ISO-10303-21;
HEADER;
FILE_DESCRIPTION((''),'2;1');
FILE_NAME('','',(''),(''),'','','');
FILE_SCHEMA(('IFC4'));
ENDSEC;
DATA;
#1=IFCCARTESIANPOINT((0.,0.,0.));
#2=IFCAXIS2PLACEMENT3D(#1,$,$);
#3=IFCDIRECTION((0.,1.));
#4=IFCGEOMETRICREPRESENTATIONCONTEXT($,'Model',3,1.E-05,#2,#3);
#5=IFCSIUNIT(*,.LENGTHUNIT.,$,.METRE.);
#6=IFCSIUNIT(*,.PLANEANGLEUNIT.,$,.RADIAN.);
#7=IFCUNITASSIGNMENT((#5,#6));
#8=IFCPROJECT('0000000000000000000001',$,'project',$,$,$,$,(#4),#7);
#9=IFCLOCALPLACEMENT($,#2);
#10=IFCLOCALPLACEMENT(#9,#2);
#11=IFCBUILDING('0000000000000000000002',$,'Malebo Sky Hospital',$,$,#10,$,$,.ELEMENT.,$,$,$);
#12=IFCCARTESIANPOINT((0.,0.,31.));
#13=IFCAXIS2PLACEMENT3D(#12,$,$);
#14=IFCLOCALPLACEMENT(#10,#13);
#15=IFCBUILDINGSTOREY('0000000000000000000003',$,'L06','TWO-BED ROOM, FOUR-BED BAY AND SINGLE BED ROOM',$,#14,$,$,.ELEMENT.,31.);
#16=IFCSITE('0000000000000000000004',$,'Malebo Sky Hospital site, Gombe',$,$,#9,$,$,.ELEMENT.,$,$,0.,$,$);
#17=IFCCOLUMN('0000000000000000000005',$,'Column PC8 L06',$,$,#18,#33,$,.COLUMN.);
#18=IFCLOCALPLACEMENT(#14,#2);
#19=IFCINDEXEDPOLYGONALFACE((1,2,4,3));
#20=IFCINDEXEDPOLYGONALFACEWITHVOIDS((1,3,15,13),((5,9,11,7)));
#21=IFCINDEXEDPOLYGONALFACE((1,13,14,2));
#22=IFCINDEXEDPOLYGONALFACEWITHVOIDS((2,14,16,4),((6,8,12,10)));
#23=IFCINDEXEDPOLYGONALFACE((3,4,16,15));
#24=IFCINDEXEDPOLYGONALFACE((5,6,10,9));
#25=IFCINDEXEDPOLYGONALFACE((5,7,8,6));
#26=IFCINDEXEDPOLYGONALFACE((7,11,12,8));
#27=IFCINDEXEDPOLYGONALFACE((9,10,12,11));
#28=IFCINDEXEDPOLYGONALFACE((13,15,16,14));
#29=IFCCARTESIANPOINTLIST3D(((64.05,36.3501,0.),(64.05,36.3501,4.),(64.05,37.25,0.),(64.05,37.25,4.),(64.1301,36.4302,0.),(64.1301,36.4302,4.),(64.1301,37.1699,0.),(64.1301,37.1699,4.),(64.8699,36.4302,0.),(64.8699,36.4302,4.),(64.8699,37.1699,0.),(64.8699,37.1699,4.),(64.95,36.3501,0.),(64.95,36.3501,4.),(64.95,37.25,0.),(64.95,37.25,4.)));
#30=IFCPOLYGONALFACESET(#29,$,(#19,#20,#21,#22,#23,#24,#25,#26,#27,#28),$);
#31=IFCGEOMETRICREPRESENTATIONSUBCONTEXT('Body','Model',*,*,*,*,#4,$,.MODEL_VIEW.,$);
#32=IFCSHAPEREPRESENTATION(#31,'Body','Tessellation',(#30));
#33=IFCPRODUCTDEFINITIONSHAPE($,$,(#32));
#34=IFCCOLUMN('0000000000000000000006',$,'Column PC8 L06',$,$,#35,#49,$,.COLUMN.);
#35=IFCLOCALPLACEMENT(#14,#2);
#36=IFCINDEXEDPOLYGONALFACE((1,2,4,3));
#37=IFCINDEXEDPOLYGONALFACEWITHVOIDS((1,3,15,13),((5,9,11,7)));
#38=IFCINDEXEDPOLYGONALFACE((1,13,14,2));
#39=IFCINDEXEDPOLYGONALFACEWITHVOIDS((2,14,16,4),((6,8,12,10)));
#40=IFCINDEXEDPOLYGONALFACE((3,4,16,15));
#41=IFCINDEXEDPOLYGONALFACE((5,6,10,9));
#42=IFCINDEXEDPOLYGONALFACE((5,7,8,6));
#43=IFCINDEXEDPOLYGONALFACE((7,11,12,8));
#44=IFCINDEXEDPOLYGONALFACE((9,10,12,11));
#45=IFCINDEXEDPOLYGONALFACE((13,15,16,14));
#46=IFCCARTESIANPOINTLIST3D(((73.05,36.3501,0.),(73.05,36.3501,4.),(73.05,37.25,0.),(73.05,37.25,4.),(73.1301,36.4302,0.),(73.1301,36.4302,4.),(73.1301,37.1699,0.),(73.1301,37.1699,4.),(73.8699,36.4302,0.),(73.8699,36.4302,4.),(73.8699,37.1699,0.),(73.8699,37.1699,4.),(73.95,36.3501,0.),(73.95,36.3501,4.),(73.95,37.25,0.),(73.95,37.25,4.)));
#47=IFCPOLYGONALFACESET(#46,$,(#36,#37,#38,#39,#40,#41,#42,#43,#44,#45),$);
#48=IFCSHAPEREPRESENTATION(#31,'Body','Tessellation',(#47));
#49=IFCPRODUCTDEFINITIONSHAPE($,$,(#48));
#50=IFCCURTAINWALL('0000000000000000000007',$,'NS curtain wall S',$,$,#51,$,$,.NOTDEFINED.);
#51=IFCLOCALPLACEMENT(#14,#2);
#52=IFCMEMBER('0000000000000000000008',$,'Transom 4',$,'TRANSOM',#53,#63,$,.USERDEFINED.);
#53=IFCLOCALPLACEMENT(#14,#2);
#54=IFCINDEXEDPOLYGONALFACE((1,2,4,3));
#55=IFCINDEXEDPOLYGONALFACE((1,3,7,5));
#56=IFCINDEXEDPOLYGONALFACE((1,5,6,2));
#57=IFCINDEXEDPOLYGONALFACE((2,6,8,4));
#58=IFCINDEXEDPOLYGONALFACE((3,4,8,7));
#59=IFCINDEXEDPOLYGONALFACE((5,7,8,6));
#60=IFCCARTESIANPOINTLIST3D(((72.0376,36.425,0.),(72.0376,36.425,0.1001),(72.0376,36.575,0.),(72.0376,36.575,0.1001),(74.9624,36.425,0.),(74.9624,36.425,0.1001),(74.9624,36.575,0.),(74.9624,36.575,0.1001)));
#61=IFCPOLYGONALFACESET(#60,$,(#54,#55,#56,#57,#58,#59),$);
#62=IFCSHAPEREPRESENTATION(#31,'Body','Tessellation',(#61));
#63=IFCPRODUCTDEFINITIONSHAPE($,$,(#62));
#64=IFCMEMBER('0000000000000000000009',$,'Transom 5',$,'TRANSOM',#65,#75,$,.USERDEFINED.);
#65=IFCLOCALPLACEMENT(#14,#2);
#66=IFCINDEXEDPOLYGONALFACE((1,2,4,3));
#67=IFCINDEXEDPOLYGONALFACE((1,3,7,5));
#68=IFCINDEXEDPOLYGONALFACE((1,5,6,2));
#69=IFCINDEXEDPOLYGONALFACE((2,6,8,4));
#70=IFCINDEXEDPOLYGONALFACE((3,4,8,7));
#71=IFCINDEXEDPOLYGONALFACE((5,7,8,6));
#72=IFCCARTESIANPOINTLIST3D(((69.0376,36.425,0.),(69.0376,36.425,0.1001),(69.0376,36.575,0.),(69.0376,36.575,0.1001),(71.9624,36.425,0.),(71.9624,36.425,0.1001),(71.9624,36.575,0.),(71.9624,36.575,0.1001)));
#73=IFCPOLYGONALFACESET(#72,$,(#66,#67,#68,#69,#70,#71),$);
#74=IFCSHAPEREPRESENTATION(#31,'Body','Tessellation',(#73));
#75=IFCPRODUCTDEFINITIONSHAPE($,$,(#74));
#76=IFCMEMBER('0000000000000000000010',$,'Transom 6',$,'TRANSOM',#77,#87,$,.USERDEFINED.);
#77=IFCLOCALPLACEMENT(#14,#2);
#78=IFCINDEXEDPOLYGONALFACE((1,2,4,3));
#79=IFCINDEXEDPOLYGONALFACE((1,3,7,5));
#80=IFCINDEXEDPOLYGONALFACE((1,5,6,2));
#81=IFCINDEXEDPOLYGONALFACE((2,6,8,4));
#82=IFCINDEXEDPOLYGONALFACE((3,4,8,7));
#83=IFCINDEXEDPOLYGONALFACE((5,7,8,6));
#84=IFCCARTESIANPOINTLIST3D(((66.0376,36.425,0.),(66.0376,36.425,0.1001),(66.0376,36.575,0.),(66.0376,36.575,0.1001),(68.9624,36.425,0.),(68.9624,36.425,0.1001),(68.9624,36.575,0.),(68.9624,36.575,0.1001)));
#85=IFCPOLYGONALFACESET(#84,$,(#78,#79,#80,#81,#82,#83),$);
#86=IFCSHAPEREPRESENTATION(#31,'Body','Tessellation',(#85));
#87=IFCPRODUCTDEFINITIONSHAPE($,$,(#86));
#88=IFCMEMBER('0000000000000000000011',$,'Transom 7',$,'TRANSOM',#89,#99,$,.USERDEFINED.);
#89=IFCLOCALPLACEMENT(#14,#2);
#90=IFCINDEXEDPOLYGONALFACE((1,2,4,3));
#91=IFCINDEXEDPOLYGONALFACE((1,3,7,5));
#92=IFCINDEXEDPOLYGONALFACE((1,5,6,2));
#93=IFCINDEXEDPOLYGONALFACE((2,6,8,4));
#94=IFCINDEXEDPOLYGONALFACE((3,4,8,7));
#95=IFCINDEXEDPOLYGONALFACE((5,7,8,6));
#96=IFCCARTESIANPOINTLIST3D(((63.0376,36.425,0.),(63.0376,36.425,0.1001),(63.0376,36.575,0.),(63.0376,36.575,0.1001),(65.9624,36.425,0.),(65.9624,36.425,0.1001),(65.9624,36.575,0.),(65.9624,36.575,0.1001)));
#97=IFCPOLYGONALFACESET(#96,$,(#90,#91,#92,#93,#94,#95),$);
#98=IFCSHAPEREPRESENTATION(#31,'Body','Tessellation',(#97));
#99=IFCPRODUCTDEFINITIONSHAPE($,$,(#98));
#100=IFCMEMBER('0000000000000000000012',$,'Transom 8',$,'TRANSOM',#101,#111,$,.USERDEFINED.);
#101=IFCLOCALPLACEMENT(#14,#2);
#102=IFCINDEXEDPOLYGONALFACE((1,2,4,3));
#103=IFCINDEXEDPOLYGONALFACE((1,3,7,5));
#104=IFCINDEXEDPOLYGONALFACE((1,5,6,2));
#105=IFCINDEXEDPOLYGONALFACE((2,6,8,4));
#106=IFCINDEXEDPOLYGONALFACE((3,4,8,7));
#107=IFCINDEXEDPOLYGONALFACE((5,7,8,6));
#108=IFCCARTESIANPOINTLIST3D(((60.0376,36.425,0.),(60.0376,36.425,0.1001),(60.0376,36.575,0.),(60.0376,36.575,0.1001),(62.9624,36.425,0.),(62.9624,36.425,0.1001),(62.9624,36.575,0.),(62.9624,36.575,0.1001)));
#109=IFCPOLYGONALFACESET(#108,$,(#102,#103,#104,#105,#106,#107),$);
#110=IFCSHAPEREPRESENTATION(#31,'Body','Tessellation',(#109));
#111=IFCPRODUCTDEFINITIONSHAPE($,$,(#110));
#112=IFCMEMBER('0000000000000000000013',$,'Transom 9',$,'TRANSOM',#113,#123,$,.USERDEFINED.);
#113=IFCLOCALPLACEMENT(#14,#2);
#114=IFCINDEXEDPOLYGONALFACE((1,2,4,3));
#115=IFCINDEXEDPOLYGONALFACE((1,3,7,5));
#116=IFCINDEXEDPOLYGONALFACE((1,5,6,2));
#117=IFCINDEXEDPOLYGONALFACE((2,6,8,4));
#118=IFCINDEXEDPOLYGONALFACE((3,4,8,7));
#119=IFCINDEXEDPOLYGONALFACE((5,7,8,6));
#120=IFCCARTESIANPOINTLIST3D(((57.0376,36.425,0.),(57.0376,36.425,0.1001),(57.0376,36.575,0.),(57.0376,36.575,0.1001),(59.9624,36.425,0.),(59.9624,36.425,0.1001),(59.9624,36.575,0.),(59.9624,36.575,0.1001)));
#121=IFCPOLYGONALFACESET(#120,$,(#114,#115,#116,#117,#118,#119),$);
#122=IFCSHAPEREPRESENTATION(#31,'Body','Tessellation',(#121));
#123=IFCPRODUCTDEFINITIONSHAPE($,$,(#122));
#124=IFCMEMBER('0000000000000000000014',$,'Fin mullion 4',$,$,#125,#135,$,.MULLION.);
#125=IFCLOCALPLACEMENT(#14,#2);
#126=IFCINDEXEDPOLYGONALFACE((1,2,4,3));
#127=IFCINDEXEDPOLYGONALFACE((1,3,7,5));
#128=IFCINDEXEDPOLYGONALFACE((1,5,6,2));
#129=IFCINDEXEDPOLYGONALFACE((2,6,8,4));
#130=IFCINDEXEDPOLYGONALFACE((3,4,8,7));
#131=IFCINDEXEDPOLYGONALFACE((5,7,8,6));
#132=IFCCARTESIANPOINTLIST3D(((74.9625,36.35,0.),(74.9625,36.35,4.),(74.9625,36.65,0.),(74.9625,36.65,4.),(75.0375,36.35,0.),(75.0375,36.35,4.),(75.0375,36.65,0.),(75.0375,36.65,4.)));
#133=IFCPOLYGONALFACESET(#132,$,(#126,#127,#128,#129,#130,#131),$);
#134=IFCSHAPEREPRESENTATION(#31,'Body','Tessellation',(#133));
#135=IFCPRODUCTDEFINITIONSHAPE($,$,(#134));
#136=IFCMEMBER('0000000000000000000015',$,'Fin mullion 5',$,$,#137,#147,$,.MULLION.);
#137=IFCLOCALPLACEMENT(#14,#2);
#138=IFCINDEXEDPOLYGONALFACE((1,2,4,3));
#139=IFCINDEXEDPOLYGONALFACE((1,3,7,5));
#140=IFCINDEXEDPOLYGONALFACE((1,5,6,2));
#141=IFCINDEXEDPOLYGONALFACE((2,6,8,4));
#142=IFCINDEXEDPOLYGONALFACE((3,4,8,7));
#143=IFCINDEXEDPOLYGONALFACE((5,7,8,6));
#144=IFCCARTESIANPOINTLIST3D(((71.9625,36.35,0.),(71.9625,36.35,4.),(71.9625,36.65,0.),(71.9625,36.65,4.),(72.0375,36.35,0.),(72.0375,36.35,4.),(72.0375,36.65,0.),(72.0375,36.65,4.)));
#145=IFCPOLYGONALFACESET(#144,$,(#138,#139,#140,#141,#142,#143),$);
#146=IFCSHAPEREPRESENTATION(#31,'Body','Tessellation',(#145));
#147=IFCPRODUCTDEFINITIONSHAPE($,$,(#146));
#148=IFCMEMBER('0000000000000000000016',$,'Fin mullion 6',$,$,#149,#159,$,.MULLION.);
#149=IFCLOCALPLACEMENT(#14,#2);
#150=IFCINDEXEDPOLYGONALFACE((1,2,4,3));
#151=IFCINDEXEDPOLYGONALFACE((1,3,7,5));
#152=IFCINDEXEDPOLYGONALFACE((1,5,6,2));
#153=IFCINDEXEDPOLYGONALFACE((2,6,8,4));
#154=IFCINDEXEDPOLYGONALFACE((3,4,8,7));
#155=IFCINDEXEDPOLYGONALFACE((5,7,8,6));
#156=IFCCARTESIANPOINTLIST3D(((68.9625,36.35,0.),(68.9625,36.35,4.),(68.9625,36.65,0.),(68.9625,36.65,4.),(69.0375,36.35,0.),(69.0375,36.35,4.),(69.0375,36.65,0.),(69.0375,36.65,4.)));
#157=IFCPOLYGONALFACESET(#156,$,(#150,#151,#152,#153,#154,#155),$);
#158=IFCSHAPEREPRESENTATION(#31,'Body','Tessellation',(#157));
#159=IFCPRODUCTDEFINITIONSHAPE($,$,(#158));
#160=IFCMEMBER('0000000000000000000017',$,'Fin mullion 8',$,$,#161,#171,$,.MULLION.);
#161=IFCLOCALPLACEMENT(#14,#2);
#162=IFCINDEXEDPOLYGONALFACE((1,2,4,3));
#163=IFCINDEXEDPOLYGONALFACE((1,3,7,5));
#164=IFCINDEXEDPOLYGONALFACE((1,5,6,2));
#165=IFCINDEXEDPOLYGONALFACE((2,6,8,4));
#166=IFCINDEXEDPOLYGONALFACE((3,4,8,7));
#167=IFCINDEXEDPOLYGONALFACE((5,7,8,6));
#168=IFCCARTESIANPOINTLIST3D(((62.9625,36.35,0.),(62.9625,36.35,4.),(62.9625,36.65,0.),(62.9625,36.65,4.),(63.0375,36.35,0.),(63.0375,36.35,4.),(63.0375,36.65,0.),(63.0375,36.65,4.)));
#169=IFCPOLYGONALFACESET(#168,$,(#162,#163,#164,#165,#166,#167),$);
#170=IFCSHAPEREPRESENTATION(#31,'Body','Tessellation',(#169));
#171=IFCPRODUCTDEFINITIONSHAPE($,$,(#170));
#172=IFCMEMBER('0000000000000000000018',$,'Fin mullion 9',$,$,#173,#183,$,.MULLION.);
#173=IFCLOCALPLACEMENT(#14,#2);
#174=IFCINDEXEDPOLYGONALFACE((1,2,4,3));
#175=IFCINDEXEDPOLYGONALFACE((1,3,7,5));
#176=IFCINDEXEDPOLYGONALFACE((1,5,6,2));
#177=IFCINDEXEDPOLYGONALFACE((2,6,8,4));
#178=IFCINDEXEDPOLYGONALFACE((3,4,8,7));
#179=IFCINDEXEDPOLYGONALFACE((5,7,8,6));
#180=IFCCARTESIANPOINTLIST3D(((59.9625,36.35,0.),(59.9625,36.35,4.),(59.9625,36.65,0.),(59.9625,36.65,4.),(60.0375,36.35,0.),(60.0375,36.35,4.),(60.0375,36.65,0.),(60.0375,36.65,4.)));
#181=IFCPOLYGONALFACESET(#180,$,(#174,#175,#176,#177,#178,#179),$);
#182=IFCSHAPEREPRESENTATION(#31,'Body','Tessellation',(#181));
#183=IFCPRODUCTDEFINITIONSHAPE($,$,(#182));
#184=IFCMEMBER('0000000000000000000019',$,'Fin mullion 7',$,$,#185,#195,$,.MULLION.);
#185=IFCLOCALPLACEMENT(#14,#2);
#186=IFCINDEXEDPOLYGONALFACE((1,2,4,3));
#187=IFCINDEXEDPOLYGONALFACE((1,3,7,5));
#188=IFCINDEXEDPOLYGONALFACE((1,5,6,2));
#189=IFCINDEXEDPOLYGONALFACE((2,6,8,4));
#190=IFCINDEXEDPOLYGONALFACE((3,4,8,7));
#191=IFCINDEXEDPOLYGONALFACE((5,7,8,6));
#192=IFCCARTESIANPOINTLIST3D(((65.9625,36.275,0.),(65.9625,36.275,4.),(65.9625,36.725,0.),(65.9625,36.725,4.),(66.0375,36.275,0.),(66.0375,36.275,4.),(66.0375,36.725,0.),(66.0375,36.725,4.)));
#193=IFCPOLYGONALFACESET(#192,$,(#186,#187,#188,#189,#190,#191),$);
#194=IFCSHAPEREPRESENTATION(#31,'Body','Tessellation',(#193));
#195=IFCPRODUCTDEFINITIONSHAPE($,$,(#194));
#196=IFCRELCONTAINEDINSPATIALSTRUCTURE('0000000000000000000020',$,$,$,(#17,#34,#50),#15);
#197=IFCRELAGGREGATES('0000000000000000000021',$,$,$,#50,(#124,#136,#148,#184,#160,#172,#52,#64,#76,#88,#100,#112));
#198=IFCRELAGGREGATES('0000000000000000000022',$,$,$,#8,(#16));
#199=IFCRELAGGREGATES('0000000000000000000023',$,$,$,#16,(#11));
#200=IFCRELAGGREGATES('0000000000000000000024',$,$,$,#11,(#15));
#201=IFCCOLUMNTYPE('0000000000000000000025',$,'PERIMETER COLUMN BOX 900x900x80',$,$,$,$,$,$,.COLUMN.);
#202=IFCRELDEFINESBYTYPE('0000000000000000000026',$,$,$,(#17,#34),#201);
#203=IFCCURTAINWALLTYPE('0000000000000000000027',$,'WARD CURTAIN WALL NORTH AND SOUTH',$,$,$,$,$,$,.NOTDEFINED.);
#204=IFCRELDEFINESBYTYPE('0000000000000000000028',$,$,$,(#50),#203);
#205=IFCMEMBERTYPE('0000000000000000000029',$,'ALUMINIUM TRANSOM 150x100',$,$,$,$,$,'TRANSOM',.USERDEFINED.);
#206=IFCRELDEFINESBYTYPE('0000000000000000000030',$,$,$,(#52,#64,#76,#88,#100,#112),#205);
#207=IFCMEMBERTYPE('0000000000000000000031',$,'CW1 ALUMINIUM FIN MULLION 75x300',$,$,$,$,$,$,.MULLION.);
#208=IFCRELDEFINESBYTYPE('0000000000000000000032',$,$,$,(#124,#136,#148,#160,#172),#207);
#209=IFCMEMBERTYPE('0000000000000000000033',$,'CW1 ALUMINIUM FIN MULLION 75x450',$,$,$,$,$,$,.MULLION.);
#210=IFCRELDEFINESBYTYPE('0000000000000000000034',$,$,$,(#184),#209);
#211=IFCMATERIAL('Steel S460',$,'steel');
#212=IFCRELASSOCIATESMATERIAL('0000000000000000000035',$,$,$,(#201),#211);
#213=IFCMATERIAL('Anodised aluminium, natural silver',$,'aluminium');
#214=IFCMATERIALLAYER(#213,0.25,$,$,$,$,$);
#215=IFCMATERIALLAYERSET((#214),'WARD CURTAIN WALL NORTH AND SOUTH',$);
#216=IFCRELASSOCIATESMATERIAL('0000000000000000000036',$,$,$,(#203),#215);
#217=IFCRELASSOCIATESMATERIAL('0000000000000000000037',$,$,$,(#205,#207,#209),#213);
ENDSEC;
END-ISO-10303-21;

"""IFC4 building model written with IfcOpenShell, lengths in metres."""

from ifc_helpers import new_model, si_unit, direction, frame, origin, origin_2d, place, context, subcontext, project, spatial, rectangle, hollow_rectangle, extrude, material, layer, layer_set, material_profile, profile_set, type_object, element, aggregate, save


model = new_model("IFC4")

# Units and contexts
model_context = context("Model", 3, precision=1e-05, world=origin(), true_north=direction((0.0, 1.0)))
body_context = subcontext(model_context, "Body", "Model", "MODEL_VIEW")
ifc_project = project(units=[si_unit("LENGTHUNIT", "METRE"), si_unit("PLANEANGLEUNIT", "RADIAN")], contexts=[model_context])

# Site, building, storey
site_placement = place(None, origin())
site = spatial("IfcSite", under=ifc_project, at=site_placement, Name="Malebo Sky Hospital site, Gombe", CompositionType="ELEMENT", RefElevation=0.0)
building_placement = place(site_placement, origin())
building = spatial("IfcBuilding", under=site, at=building_placement, Name="Malebo Sky Hospital", CompositionType="ELEMENT")
storey_placement = place(building_placement, frame((0.0, 0.0, 31.0)))
storey = spatial("IfcBuildingStorey", under=building, at=storey_placement, Name="L06", Description="TWO-BED ROOM, FOUR-BED BAY AND SINGLE BED ROOM", CompositionType="ELEMENT", Elevation=31.0)

# Columns
ifc_material_1 = material(Name="Steel S460", Category="steel")
ifc_material_profile_1 = material_profile(ifc_material_1, hollow_rectangle(XDim=0.8999, YDim=0.8999, WallThickness=0.0801, at=origin_2d()), Name="BOX 900x900x80")
ifc_profile_set_1 = profile_set([ifc_material_profile_1], Name="Steel S460")
column_type = type_object("IfcColumnType", Name="PERIMETER COLUMN BOX 900x900x80", PredefinedType="COLUMN", material=ifc_profile_set_1)
for number, where, z_axis, x_axis, name in (
    (1, (64.5, 36.8, 0.0), (0.0, 0.0, 1.0), (1.0, 0.0, 0.0), "Column PC8 L06"),
    (2, (73.5, 36.8, 0.0), (0.0, 0.0, 1.0), (1.0, 0.0, 0.0), "Column PC8 L06"),
):
    element("IfcColumn", number, at=place(storey_placement, frame(where, z_axis=z_axis, x_axis=x_axis)), inside=storey, type_object=column_type, Name=name, PredefinedType="COLUMN", context=body_context, shape_type="SweptSolid", body=[
        extrude(hollow_rectangle(XDim=0.8999, YDim=0.8999, WallThickness=0.0801, at=origin_2d()), origin(), (0.0, 0.0, 1.0), 4.0),
    ])

# Curtain wall, members
ifc_material_2 = material(Name="Anodised aluminium, natural silver", Category="aluminium")
ifc_layer_1 = layer(ifc_material_2, 0.25)
ifc_layer_set_1 = layer_set([ifc_layer_1], Name="WARD CURTAIN WALL NORTH AND SOUTH")
curtain_wall_type = type_object("IfcCurtainWallType", Name="WARD CURTAIN WALL NORTH AND SOUTH", PredefinedType="NOTDEFINED", material=ifc_layer_set_1)
curtain_wall_placement = place(storey_placement, origin())
curtain_wall = element("IfcCurtainWall", 3, at=curtain_wall_placement, inside=storey, type_object=curtain_wall_type, Name="NS curtain wall S", PredefinedType="NOTDEFINED")
ifc_material_profile_2 = material_profile(ifc_material_2, rectangle(XDim=0.1499, YDim=0.1001, at=origin_2d()), Name="ALUMINIUM TRANSOM 150x100")
ifc_profile_set_2 = profile_set([ifc_material_profile_2], Name="Anodised aluminium, natural silver")
member_type_1 = type_object("IfcMemberType", Name="ALUMINIUM TRANSOM 150x100", ElementType="TRANSOM", PredefinedType="USERDEFINED", material=ifc_profile_set_2)
member_1_placement = place(storey_placement, frame((74.9624, 36.5, 0.05), z_axis=(-1.0, 0.0, 0.0), x_axis=(0.0, -1.0, 0.0)))
member_1 = element("IfcMember", 4, at=member_1_placement, type_object=member_type_1, Name="Transom 4", ObjectType="TRANSOM", PredefinedType="USERDEFINED", context=body_context, shape_type="SweptSolid", body=[
    extrude(rectangle(XDim=0.1499, YDim=0.1001, at=origin_2d()), origin(), (0.0, 0.0, 1.0), 2.9248),
])
member_2_placement = place(storey_placement, frame((71.9624, 36.5, 0.05), z_axis=(-1.0, 0.0, 0.0), x_axis=(0.0, -1.0, 0.0)))
member_2 = element("IfcMember", 5, at=member_2_placement, type_object=member_type_1, Name="Transom 5", ObjectType="TRANSOM", PredefinedType="USERDEFINED", context=body_context, shape_type="SweptSolid", body=[
    extrude(rectangle(XDim=0.1499, YDim=0.1001, at=origin_2d()), origin(), (0.0, 0.0, 1.0), 2.9248),
])
member_3_placement = place(storey_placement, frame((68.9624, 36.5, 0.05), z_axis=(-1.0, 0.0, 0.0), x_axis=(0.0, -1.0, 0.0)))
member_3 = element("IfcMember", 6, at=member_3_placement, type_object=member_type_1, Name="Transom 6", ObjectType="TRANSOM", PredefinedType="USERDEFINED", context=body_context, shape_type="SweptSolid", body=[
    extrude(rectangle(XDim=0.1499, YDim=0.1001, at=origin_2d()), origin(), (0.0, 0.0, 1.0), 2.9248),
])
member_4_placement = place(storey_placement, frame((65.9624, 36.5, 0.05), z_axis=(-1.0, 0.0, 0.0), x_axis=(0.0, -1.0, 0.0)))
member_4 = element("IfcMember", 7, at=member_4_placement, type_object=member_type_1, Name="Transom 7", ObjectType="TRANSOM", PredefinedType="USERDEFINED", context=body_context, shape_type="SweptSolid", body=[
    extrude(rectangle(XDim=0.1499, YDim=0.1001, at=origin_2d()), origin(), (0.0, 0.0, 1.0), 2.9248),
])
member_5_placement = place(storey_placement, frame((62.9624, 36.5, 0.05), z_axis=(-1.0, 0.0, 0.0), x_axis=(0.0, -1.0, 0.0)))
member_5 = element("IfcMember", 8, at=member_5_placement, type_object=member_type_1, Name="Transom 8", ObjectType="TRANSOM", PredefinedType="USERDEFINED", context=body_context, shape_type="SweptSolid", body=[
    extrude(rectangle(XDim=0.1499, YDim=0.1001, at=origin_2d()), origin(), (0.0, 0.0, 1.0), 2.9248),
])
member_6_placement = place(storey_placement, frame((59.9624, 36.5, 0.05), z_axis=(-1.0, 0.0, 0.0), x_axis=(0.0, -1.0, 0.0)))
member_6 = element("IfcMember", 9, at=member_6_placement, type_object=member_type_1, Name="Transom 9", ObjectType="TRANSOM", PredefinedType="USERDEFINED", context=body_context, shape_type="SweptSolid", body=[
    extrude(rectangle(XDim=0.1499, YDim=0.1001, at=origin_2d()), origin(), (0.0, 0.0, 1.0), 2.9248),
])
ifc_material_profile_3 = material_profile(ifc_material_2, rectangle(XDim=0.075, YDim=0.3, at=origin_2d()), Name="CW1 ALUMINIUM FIN MULLION 75x300")
ifc_profile_set_3 = profile_set([ifc_material_profile_3], Name="Anodised aluminium, natural silver")
member_type_2 = type_object("IfcMemberType", Name="CW1 ALUMINIUM FIN MULLION 75x300", PredefinedType="MULLION", material=ifc_profile_set_3)
member_7_placement = place(storey_placement, frame((75.0, 36.5, 0.0), z_axis=(0.0, 0.0, 1.0), x_axis=(-1.0, 0.0, 0.0)))
member_7 = element("IfcMember", 10, at=member_7_placement, type_object=member_type_2, Name="Fin mullion 4", PredefinedType="MULLION", context=body_context, shape_type="SweptSolid", body=[
    extrude(rectangle(XDim=0.075, YDim=0.3, at=origin_2d()), origin(), (0.0, 0.0, 1.0), 4.0),
])
member_8_placement = place(storey_placement, frame((72.0, 36.5, 0.0), z_axis=(0.0, 0.0, 1.0), x_axis=(-1.0, 0.0, 0.0)))
member_8 = element("IfcMember", 11, at=member_8_placement, type_object=member_type_2, Name="Fin mullion 5", PredefinedType="MULLION", context=body_context, shape_type="SweptSolid", body=[
    extrude(rectangle(XDim=0.075, YDim=0.3, at=origin_2d()), origin(), (0.0, 0.0, 1.0), 4.0),
])
member_9_placement = place(storey_placement, frame((69.0, 36.5, 0.0), z_axis=(0.0, 0.0, 1.0), x_axis=(-1.0, 0.0, 0.0)))
member_9 = element("IfcMember", 12, at=member_9_placement, type_object=member_type_2, Name="Fin mullion 6", PredefinedType="MULLION", context=body_context, shape_type="SweptSolid", body=[
    extrude(rectangle(XDim=0.075, YDim=0.3, at=origin_2d()), origin(), (0.0, 0.0, 1.0), 4.0),
])
member_10_placement = place(storey_placement, frame((63.0, 36.5, 0.0), z_axis=(0.0, 0.0, 1.0), x_axis=(-1.0, 0.0, 0.0)))
member_10 = element("IfcMember", 13, at=member_10_placement, type_object=member_type_2, Name="Fin mullion 8", PredefinedType="MULLION", context=body_context, shape_type="SweptSolid", body=[
    extrude(rectangle(XDim=0.075, YDim=0.3, at=origin_2d()), origin(), (0.0, 0.0, 1.0), 4.0),
])
member_11_placement = place(storey_placement, frame((60.0, 36.5, 0.0), z_axis=(0.0, 0.0, 1.0), x_axis=(-1.0, 0.0, 0.0)))
member_11 = element("IfcMember", 14, at=member_11_placement, type_object=member_type_2, Name="Fin mullion 9", PredefinedType="MULLION", context=body_context, shape_type="SweptSolid", body=[
    extrude(rectangle(XDim=0.075, YDim=0.3, at=origin_2d()), origin(), (0.0, 0.0, 1.0), 4.0),
])
ifc_material_profile_4 = material_profile(ifc_material_2, rectangle(XDim=0.075, YDim=0.45, at=origin_2d()), Name="CW1 ALUMINIUM FIN MULLION 75x450")
ifc_profile_set_4 = profile_set([ifc_material_profile_4], Name="Anodised aluminium, natural silver")
member_type_3 = type_object("IfcMemberType", Name="CW1 ALUMINIUM FIN MULLION 75x450", PredefinedType="MULLION", material=ifc_profile_set_4)
member_12_placement = place(storey_placement, frame((66.0, 36.5, 0.0), z_axis=(0.0, 0.0, 1.0), x_axis=(-1.0, 0.0, 0.0)))
member_12 = element("IfcMember", 15, at=member_12_placement, type_object=member_type_3, Name="Fin mullion 7", PredefinedType="MULLION", context=body_context, shape_type="SweptSolid", body=[
    extrude(rectangle(XDim=0.075, YDim=0.45, at=origin_2d()), origin(), (0.0, 0.0, 1.0), 4.0),
])

aggregate(curtain_wall, [member_7, member_8, member_9, member_12, member_10, member_11, member_1, member_2, member_3, member_4, member_5, member_6])

save(model, "model.ifc")
